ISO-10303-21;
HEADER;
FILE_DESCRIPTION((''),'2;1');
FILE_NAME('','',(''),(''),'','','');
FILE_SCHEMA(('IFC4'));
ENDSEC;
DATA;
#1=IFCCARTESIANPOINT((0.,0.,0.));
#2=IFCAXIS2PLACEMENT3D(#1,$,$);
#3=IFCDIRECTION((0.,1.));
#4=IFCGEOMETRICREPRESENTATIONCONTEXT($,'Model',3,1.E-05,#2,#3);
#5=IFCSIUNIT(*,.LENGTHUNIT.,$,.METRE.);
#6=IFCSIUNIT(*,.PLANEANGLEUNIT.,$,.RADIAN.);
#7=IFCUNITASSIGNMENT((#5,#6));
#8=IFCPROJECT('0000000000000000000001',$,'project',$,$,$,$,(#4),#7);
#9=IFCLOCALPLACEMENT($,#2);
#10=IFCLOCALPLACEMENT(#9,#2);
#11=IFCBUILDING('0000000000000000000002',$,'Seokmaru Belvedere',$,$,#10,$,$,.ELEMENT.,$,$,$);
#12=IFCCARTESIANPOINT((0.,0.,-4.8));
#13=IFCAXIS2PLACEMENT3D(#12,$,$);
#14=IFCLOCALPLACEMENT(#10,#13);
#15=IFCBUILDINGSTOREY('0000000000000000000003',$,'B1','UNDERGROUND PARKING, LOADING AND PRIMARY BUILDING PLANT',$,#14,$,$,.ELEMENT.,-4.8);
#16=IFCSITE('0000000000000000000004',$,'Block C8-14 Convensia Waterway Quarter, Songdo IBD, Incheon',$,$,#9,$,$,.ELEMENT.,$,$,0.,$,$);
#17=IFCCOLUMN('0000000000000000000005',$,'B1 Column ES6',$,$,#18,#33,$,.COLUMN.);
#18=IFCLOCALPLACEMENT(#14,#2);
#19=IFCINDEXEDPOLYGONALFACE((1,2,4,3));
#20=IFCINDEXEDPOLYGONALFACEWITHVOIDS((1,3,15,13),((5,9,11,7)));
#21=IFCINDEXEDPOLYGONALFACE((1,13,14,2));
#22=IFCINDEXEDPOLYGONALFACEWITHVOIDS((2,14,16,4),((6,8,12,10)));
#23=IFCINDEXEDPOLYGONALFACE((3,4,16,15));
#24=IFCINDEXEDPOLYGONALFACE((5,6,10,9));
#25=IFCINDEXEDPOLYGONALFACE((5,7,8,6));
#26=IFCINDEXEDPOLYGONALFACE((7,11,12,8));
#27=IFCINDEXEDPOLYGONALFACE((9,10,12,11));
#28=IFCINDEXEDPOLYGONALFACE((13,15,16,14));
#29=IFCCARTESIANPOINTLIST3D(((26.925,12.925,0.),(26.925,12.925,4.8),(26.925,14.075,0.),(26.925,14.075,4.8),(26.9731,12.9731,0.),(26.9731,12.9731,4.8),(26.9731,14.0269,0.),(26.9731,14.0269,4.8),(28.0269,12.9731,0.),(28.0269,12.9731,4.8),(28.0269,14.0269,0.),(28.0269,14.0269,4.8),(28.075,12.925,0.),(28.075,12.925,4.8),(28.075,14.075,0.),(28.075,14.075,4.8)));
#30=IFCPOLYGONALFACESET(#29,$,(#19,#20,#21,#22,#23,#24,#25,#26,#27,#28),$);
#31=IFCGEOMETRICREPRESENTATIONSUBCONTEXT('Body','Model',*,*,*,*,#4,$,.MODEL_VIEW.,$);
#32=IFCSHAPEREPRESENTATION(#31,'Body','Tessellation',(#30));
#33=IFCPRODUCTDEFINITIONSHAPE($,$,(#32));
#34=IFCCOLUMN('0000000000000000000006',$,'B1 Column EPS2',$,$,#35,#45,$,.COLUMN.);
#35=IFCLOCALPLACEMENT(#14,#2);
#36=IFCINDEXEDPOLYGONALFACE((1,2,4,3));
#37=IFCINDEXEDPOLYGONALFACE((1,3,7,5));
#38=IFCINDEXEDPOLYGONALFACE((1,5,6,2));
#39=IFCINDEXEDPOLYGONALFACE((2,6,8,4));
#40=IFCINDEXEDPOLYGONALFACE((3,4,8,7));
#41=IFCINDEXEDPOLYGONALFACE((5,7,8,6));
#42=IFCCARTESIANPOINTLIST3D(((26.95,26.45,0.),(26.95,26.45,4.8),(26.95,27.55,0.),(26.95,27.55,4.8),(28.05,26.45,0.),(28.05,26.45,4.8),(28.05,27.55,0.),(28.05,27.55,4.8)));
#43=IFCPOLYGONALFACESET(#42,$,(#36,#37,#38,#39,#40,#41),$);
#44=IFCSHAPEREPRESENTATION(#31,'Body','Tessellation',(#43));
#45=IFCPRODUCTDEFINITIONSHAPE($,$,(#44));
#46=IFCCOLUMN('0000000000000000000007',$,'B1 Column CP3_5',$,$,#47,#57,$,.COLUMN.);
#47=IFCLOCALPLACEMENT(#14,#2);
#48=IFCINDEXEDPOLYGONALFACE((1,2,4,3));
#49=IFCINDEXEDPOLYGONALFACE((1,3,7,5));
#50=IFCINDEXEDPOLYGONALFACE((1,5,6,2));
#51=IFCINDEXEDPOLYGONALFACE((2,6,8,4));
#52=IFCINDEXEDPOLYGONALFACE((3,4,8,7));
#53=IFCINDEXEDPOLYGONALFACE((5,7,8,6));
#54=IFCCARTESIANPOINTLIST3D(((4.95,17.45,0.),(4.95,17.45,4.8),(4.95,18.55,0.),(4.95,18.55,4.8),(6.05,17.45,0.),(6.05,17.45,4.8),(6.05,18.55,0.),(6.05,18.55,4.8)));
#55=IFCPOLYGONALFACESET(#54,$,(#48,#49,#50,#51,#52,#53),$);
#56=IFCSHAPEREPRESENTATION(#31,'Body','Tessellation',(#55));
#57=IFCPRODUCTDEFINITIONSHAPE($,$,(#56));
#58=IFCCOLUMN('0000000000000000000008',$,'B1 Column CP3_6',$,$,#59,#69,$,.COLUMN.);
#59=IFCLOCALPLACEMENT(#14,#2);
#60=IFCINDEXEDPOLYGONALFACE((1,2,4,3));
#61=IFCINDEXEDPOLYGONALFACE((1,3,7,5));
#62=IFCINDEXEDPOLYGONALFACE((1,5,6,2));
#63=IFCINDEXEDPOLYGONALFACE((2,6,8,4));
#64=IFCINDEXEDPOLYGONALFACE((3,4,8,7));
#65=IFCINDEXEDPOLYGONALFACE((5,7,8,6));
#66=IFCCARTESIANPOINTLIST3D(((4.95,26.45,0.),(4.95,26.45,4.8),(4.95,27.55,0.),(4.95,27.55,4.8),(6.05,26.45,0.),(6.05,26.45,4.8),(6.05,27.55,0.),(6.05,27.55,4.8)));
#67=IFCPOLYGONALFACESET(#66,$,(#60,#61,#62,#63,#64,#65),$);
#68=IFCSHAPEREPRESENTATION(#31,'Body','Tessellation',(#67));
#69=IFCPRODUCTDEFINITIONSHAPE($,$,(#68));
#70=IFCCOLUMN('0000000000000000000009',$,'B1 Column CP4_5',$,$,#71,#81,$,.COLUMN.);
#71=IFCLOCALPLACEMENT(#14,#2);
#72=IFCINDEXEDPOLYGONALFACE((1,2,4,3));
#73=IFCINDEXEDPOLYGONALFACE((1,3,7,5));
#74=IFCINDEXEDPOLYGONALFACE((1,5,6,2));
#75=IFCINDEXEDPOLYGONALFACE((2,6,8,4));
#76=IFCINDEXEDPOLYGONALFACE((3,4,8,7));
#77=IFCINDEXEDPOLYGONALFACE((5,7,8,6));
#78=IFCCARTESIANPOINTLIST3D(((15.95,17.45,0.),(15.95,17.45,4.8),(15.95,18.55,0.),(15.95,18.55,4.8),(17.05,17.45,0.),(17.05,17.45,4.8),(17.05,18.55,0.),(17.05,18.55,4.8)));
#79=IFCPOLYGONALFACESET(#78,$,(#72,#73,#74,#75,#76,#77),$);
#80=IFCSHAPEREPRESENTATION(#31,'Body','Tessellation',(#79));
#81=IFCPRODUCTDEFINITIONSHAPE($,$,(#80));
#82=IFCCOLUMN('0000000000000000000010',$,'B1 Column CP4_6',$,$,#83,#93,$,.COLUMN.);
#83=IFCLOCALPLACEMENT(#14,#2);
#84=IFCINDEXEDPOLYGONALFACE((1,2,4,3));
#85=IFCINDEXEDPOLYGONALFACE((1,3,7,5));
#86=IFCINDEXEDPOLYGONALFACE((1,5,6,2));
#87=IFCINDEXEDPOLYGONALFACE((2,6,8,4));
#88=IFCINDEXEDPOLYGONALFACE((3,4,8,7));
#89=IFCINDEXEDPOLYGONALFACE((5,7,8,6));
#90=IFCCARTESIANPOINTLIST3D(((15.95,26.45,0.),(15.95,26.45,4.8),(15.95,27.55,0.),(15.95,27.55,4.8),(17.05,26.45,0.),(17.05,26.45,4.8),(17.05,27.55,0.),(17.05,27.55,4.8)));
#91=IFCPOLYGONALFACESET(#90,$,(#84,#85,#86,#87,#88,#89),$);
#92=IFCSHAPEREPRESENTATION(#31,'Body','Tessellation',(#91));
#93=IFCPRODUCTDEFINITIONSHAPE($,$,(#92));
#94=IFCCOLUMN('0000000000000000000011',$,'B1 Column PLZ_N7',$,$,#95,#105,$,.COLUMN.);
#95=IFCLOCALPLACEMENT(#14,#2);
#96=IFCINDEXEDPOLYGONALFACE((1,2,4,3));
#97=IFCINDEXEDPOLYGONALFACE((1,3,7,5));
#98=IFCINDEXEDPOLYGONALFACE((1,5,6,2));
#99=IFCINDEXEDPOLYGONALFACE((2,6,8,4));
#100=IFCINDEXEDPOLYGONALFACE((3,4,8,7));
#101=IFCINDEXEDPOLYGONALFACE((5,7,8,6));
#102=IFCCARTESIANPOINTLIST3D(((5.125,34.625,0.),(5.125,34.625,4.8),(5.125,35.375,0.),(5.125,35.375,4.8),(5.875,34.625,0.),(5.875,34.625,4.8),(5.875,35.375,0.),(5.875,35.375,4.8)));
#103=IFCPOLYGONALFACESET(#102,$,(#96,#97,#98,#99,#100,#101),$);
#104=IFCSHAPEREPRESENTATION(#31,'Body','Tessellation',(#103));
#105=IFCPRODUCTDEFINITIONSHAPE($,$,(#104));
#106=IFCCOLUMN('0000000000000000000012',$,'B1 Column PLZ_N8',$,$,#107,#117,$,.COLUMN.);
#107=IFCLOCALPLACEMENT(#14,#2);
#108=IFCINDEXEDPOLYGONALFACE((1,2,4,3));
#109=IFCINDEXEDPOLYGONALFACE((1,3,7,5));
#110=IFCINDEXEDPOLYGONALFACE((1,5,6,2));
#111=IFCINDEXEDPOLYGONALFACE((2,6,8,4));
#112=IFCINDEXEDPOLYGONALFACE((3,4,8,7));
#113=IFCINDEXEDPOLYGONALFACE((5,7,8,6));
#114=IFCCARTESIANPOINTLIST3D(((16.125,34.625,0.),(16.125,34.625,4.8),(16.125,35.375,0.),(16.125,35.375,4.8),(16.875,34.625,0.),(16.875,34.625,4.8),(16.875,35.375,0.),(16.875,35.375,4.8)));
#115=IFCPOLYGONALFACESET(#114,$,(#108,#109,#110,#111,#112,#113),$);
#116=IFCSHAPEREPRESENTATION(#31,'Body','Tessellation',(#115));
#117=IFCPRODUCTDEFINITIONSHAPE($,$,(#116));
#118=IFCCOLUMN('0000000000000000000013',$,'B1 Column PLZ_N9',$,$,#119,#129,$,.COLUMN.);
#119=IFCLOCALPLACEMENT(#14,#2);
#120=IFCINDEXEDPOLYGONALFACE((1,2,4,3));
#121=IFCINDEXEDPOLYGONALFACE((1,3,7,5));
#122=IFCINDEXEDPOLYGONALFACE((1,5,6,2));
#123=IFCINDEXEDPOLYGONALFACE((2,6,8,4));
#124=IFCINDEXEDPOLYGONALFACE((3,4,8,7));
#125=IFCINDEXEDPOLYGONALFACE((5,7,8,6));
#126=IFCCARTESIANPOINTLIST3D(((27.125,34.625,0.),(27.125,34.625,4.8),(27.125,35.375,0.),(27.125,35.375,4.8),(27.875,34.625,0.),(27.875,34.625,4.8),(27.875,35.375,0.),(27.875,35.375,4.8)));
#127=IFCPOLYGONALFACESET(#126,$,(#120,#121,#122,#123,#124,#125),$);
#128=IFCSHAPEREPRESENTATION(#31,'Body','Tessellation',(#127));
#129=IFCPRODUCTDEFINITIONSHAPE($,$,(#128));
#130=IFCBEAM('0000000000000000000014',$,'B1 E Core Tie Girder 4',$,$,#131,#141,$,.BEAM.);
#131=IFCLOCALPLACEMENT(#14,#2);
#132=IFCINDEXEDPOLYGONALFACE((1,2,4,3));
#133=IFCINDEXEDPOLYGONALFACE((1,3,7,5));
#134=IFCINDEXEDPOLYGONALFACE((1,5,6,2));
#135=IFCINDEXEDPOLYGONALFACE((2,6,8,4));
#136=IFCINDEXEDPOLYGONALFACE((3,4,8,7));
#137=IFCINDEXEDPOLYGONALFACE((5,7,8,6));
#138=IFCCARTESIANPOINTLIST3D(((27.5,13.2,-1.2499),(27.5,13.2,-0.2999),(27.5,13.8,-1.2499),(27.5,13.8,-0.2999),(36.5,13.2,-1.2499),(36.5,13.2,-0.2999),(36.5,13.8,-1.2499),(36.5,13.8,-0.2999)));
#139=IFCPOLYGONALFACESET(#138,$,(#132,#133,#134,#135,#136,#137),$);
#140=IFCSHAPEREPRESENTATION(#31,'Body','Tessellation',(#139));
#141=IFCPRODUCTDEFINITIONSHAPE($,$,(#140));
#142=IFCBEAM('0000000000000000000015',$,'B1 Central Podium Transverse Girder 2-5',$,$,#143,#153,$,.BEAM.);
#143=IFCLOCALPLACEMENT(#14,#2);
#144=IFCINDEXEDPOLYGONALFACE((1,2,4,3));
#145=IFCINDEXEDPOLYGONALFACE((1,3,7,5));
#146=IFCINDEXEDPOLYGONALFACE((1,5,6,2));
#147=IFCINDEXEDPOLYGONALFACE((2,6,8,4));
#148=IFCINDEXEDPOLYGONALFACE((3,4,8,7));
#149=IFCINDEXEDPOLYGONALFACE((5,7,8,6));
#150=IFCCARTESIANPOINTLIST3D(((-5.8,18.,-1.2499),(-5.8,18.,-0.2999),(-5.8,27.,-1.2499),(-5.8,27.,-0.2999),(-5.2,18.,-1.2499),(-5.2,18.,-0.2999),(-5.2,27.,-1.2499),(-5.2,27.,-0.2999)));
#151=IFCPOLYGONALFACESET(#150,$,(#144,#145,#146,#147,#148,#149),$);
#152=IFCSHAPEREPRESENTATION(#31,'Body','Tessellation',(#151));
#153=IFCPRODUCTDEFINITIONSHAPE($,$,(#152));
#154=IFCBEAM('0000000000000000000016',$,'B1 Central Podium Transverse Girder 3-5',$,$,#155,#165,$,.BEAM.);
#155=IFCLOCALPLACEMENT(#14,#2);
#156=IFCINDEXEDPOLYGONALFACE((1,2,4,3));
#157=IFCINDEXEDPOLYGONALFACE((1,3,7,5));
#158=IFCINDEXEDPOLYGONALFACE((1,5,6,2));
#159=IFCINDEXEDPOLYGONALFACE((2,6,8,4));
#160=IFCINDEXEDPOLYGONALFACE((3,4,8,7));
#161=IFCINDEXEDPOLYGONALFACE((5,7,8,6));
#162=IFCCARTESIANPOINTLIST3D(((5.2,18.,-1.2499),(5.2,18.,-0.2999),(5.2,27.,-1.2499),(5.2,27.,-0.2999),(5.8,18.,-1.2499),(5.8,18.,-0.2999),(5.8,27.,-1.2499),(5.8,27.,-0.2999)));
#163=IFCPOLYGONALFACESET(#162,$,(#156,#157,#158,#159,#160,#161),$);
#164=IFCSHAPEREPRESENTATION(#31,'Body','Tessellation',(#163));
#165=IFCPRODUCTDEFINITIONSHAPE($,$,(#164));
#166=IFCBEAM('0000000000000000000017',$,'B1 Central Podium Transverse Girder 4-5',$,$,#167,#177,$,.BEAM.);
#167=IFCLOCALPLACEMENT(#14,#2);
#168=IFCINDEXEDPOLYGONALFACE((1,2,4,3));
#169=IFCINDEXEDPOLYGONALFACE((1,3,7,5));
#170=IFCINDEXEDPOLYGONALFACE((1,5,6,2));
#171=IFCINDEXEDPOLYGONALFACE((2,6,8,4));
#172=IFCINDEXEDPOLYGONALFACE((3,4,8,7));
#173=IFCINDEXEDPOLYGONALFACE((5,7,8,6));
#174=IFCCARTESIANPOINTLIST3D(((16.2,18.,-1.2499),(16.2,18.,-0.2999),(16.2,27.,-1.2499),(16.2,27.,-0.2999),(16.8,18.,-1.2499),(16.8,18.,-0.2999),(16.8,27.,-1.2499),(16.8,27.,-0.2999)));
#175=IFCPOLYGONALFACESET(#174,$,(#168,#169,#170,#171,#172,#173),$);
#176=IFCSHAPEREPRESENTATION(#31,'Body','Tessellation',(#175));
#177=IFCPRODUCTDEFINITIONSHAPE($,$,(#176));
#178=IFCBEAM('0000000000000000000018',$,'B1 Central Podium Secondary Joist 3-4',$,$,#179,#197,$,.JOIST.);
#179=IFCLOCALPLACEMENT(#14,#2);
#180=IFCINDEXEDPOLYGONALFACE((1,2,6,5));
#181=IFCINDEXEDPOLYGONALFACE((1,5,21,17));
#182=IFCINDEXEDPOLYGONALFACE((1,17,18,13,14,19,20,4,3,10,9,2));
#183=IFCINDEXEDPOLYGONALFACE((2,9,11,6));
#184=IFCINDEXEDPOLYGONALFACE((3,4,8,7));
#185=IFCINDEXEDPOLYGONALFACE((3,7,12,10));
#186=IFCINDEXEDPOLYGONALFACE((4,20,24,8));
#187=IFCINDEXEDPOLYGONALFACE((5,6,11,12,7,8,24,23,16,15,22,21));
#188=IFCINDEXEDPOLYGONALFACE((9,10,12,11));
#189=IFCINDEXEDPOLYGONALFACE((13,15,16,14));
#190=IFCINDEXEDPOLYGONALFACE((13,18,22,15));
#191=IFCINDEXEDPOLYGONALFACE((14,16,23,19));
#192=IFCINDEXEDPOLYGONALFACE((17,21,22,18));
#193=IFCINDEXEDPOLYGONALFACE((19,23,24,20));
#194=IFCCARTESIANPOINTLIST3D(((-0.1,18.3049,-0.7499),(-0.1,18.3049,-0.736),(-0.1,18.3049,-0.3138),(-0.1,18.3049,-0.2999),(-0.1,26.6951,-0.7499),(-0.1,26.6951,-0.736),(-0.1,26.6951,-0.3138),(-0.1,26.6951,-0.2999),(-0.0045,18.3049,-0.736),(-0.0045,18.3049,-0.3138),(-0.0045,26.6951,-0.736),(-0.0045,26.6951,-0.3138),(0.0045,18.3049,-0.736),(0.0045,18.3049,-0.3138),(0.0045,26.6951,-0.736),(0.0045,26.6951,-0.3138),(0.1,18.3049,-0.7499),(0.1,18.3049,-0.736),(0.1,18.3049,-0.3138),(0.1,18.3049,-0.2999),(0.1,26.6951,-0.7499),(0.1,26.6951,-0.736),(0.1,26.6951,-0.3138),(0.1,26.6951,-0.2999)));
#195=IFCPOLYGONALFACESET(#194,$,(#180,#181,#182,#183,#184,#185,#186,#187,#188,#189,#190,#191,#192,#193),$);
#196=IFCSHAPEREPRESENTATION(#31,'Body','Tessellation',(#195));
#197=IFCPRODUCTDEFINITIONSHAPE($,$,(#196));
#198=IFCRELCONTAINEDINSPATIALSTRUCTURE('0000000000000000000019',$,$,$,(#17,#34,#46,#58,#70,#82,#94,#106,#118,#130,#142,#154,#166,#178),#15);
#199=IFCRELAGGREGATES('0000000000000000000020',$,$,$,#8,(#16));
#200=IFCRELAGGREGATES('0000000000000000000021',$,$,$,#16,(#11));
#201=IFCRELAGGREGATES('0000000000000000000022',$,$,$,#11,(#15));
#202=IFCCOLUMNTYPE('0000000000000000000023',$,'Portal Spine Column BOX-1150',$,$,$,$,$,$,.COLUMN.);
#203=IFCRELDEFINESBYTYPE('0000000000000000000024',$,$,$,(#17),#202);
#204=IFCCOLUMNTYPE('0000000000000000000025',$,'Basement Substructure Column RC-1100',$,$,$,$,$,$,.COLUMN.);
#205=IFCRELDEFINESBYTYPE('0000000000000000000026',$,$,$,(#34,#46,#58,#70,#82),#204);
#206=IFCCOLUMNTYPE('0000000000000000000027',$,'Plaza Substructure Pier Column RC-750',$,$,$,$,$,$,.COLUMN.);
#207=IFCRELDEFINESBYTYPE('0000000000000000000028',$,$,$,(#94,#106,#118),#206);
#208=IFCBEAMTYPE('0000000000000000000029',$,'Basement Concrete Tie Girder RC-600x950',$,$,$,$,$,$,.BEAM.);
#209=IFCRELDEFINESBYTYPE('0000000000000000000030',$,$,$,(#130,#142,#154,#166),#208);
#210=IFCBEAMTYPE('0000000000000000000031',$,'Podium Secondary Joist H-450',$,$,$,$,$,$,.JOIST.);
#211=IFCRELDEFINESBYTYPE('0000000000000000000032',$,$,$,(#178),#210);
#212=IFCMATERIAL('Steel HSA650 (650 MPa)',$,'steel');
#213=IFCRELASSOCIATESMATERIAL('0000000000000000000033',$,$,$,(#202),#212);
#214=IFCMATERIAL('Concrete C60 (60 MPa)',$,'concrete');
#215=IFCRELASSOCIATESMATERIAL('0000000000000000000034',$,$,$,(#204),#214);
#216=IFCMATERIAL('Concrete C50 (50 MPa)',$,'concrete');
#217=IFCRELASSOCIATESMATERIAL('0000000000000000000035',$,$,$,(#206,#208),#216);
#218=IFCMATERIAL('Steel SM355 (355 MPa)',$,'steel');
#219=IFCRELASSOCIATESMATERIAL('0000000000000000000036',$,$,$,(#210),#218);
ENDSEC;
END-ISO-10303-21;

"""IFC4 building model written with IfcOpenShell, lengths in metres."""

from ifc_helpers import new_model, si_unit, direction, frame, origin, origin_2d, place, context, subcontext, project, spatial, rectangle, hollow_rectangle, i_section, extrude, source, transform, mapped, material, material_profile, profile_set, type_object, type_shapes, element, save


model = new_model("IFC4")

# Units and contexts
model_context = context("Model", 3, precision=1e-05, world=origin(), true_north=direction((0.0, 1.0)))
body_context = subcontext(model_context, "Body", "Model", "MODEL_VIEW")
ifc_project = project(units=[si_unit("LENGTHUNIT", "METRE"), si_unit("PLANEANGLEUNIT", "RADIAN")], contexts=[model_context])

# Site, building, storey
site_placement = place(None, origin())
site = spatial("IfcSite", under=ifc_project, at=site_placement, Name="Block C8-14 Convensia Waterway Quarter, Songdo IBD, Incheon", CompositionType="ELEMENT", RefElevation=0.0)
building_placement = place(site_placement, origin())
building = spatial("IfcBuilding", under=site, at=building_placement, Name="Seokmaru Belvedere", CompositionType="ELEMENT")
storey_placement = place(building_placement, frame((0.0, 0.0, -4.8)))
storey = spatial("IfcBuildingStorey", under=building, at=storey_placement, Name="B1", Description="UNDERGROUND PARKING, LOADING AND PRIMARY BUILDING PLANT", CompositionType="ELEMENT", Elevation=-4.8)

# Columns
ifc_material_1 = material(Name="Steel HSA650 (650 MPa)", Category="steel")
ifc_material_profile_1 = material_profile(ifc_material_1, hollow_rectangle(XDim=1.1499, YDim=1.1499, WallThickness=0.0481, at=origin_2d()), Name="BOX-1150x1150x48")
ifc_profile_set_1 = profile_set([ifc_material_profile_1], Name="Steel HSA650 (650 MPa)")
column_type_1 = type_object("IfcColumnType", Name="Portal Spine Column BOX-1150", PredefinedType="COLUMN", material=ifc_profile_set_1)
shared_shape_1 = source(origin(), body_context, "Body", "SweptSolid", [
    extrude(hollow_rectangle(XDim=1.1499, YDim=1.1499, WallThickness=0.0481, at=origin_2d()), origin(), (0.0, 0.0, 1.0), 4.8),
])
type_shapes(column_type_1, [shared_shape_1])
column_placement = place(storey_placement, frame((27.5, 13.5, 0.0), z_axis=(0.0, 0.0, 1.0), x_axis=(1.0, 0.0, 0.0)))
element("IfcColumn", 1, at=column_placement, inside=storey, type_object=column_type_1, Name="B1 Column ES6", PredefinedType="COLUMN", context=body_context, shape_type="MappedRepresentation", body=[
    mapped(shared_shape_1, transform((0.0, 0.0, 0.0), scale=1.0)),
])
ifc_material_2 = material(Name="Concrete C60 (60 MPa)", Category="concrete")
ifc_material_profile_2 = material_profile(ifc_material_2, rectangle(XDim=1.1001, YDim=1.1001, at=origin_2d()), Name="RC-1100x1100")
ifc_profile_set_2 = profile_set([ifc_material_profile_2], Name="Concrete C60 (60 MPa)")
column_type_2 = type_object("IfcColumnType", Name="Basement Substructure Column RC-1100", PredefinedType="COLUMN", material=ifc_profile_set_2)
shared_shape_2 = source(origin(), body_context, "Body", "SweptSolid", [
    extrude(rectangle(XDim=1.1001, YDim=1.1001, at=origin_2d()), origin(), (0.0, 0.0, 1.0), 4.8),
])
type_shapes(column_type_2, [shared_shape_2])
for number, where, z_axis, x_axis, name in (
    (2, (27.5, 27.0, 0.0), (0.0, 0.0, 1.0), (1.0, 0.0, 0.0), "B1 Column EPS2"),
    (3, (5.5, 18.0, 0.0), (0.0, 0.0, 1.0), (1.0, 0.0, 0.0), "B1 Column CP3_5"),
    (4, (5.5, 27.0, 0.0), (0.0, 0.0, 1.0), (1.0, 0.0, 0.0), "B1 Column CP3_6"),
    (5, (16.5, 18.0, 0.0), (0.0, 0.0, 1.0), (1.0, 0.0, 0.0), "B1 Column CP4_5"),
    (6, (16.5, 27.0, 0.0), (0.0, 0.0, 1.0), (1.0, 0.0, 0.0), "B1 Column CP4_6"),
):
    element("IfcColumn", number, at=place(storey_placement, frame(where, z_axis=z_axis, x_axis=x_axis)), inside=storey, type_object=column_type_2, Name=name, PredefinedType="COLUMN", context=body_context, shape_type="MappedRepresentation", body=[
        mapped(shared_shape_2, transform((0.0, 0.0, 0.0), scale=1.0)),
    ])
ifc_material_3 = material(Name="Concrete C50 (50 MPa)", Category="concrete")
ifc_material_profile_3 = material_profile(ifc_material_3, rectangle(XDim=0.75, YDim=0.75, at=origin_2d()), Name="RC-750x750")
ifc_profile_set_3 = profile_set([ifc_material_profile_3], Name="Concrete C50 (50 MPa)")
column_type_3 = type_object("IfcColumnType", Name="Plaza Substructure Pier Column RC-750", PredefinedType="COLUMN", material=ifc_profile_set_3)
shared_shape_3 = source(origin(), body_context, "Body", "SweptSolid", [
    extrude(rectangle(XDim=0.75, YDim=0.75, at=origin_2d()), origin(), (0.0, 0.0, 1.0), 4.8),
])
type_shapes(column_type_3, [shared_shape_3])
for number, where, z_axis, x_axis, name in (
    (7, (5.5, 35.0, 0.0), (0.0, 0.0, 1.0), (1.0, 0.0, 0.0), "B1 Column PLZ_N7"),
    (8, (16.5, 35.0, 0.0), (0.0, 0.0, 1.0), (1.0, 0.0, 0.0), "B1 Column PLZ_N8"),
    (9, (27.5, 35.0, 0.0), (0.0, 0.0, 1.0), (1.0, 0.0, 0.0), "B1 Column PLZ_N9"),
):
    element("IfcColumn", number, at=place(storey_placement, frame(where, z_axis=z_axis, x_axis=x_axis)), inside=storey, type_object=column_type_3, Name=name, PredefinedType="COLUMN", context=body_context, shape_type="MappedRepresentation", body=[
        mapped(shared_shape_3, transform((0.0, 0.0, 0.0), scale=1.0)),
    ])

# Beams
ifc_material_profile_4 = material_profile(ifc_material_3, rectangle(XDim=0.6001, YDim=0.95, at=origin_2d()), Name="RC-600x950")
ifc_profile_set_4 = profile_set([ifc_material_profile_4], Name="Concrete C50 (50 MPa)")
beam_type_1 = type_object("IfcBeamType", Name="Basement Concrete Tie Girder RC-600x950", PredefinedType="BEAM", material=ifc_profile_set_4)
shared_shape_4 = source(origin(), body_context, "Body", "SweptSolid", [
    extrude(rectangle(XDim=0.6001, YDim=0.95, at=origin_2d()), origin(), (0.0, 0.0, 1.0), 9.0),
])
for number, where, z_axis, x_axis, name in (
    (10, (27.5, 13.5, -0.7749), (1.0, 0.0, 0.0), (0.0, 1.0, 0.0), "B1 E Core Tie Girder 4"),
    (11, (-5.5, 18.0, -0.7749), (0.0, 1.0, 0.0), (-1.0, 0.0, 0.0), "B1 Central Podium Transverse Girder 2-5"),
    (12, (5.5, 18.0, -0.7749), (0.0, 1.0, 0.0), (-1.0, 0.0, 0.0), "B1 Central Podium Transverse Girder 3-5"),
    (13, (16.5, 18.0, -0.7749), (0.0, 1.0, 0.0), (-1.0, 0.0, 0.0), "B1 Central Podium Transverse Girder 4-5"),
):
    element("IfcBeam", number, at=place(storey_placement, frame(where, z_axis=z_axis, x_axis=x_axis)), inside=storey, type_object=beam_type_1, Name=name, PredefinedType="BEAM", context=body_context, shape_type="MappedRepresentation", body=[
        mapped(shared_shape_4, transform((0.0, 0.0, 0.0), scale=1.0)),
    ])
ifc_material_4 = material(Name="Steel SM355 (355 MPa)", Category="steel")
ifc_material_profile_5 = material_profile(ifc_material_4, i_section(OverallWidth=0.2, OverallDepth=0.45, WebThickness=0.009, FlangeThickness=0.0139, at=origin_2d()), Name="H-450x200x9x14")
ifc_profile_set_5 = profile_set([ifc_material_profile_5], Name="Steel SM355 (355 MPa)")
beam_type_2 = type_object("IfcBeamType", Name="Podium Secondary Joist H-450", PredefinedType="JOIST", material=ifc_profile_set_5)
shared_shape_5 = source(origin(), body_context, "Body", "SweptSolid", [
    extrude(i_section(OverallWidth=0.2, OverallDepth=0.45, WebThickness=0.009, FlangeThickness=0.0139, at=origin_2d()), origin(), (0.0, 0.0, 1.0), 8.3901),
])
type_shapes(beam_type_2, [shared_shape_5])
for number, where, z_axis, x_axis, name in (
    (14, (0.0, 18.3049, -0.5249), (0.0, 1.0, 0.0), (-1.0, 0.0, 0.0), "B1 Central Podium Secondary Joist 3-4"),
):
    element("IfcBeam", number, at=place(storey_placement, frame(where, z_axis=z_axis, x_axis=x_axis)), inside=storey, type_object=beam_type_2, Name=name, PredefinedType="JOIST", context=body_context, shape_type="MappedRepresentation", body=[
        mapped(shared_shape_5, transform((0.0, 0.0, 0.0), scale=1.0)),
    ])

save(model, "model.ifc")
